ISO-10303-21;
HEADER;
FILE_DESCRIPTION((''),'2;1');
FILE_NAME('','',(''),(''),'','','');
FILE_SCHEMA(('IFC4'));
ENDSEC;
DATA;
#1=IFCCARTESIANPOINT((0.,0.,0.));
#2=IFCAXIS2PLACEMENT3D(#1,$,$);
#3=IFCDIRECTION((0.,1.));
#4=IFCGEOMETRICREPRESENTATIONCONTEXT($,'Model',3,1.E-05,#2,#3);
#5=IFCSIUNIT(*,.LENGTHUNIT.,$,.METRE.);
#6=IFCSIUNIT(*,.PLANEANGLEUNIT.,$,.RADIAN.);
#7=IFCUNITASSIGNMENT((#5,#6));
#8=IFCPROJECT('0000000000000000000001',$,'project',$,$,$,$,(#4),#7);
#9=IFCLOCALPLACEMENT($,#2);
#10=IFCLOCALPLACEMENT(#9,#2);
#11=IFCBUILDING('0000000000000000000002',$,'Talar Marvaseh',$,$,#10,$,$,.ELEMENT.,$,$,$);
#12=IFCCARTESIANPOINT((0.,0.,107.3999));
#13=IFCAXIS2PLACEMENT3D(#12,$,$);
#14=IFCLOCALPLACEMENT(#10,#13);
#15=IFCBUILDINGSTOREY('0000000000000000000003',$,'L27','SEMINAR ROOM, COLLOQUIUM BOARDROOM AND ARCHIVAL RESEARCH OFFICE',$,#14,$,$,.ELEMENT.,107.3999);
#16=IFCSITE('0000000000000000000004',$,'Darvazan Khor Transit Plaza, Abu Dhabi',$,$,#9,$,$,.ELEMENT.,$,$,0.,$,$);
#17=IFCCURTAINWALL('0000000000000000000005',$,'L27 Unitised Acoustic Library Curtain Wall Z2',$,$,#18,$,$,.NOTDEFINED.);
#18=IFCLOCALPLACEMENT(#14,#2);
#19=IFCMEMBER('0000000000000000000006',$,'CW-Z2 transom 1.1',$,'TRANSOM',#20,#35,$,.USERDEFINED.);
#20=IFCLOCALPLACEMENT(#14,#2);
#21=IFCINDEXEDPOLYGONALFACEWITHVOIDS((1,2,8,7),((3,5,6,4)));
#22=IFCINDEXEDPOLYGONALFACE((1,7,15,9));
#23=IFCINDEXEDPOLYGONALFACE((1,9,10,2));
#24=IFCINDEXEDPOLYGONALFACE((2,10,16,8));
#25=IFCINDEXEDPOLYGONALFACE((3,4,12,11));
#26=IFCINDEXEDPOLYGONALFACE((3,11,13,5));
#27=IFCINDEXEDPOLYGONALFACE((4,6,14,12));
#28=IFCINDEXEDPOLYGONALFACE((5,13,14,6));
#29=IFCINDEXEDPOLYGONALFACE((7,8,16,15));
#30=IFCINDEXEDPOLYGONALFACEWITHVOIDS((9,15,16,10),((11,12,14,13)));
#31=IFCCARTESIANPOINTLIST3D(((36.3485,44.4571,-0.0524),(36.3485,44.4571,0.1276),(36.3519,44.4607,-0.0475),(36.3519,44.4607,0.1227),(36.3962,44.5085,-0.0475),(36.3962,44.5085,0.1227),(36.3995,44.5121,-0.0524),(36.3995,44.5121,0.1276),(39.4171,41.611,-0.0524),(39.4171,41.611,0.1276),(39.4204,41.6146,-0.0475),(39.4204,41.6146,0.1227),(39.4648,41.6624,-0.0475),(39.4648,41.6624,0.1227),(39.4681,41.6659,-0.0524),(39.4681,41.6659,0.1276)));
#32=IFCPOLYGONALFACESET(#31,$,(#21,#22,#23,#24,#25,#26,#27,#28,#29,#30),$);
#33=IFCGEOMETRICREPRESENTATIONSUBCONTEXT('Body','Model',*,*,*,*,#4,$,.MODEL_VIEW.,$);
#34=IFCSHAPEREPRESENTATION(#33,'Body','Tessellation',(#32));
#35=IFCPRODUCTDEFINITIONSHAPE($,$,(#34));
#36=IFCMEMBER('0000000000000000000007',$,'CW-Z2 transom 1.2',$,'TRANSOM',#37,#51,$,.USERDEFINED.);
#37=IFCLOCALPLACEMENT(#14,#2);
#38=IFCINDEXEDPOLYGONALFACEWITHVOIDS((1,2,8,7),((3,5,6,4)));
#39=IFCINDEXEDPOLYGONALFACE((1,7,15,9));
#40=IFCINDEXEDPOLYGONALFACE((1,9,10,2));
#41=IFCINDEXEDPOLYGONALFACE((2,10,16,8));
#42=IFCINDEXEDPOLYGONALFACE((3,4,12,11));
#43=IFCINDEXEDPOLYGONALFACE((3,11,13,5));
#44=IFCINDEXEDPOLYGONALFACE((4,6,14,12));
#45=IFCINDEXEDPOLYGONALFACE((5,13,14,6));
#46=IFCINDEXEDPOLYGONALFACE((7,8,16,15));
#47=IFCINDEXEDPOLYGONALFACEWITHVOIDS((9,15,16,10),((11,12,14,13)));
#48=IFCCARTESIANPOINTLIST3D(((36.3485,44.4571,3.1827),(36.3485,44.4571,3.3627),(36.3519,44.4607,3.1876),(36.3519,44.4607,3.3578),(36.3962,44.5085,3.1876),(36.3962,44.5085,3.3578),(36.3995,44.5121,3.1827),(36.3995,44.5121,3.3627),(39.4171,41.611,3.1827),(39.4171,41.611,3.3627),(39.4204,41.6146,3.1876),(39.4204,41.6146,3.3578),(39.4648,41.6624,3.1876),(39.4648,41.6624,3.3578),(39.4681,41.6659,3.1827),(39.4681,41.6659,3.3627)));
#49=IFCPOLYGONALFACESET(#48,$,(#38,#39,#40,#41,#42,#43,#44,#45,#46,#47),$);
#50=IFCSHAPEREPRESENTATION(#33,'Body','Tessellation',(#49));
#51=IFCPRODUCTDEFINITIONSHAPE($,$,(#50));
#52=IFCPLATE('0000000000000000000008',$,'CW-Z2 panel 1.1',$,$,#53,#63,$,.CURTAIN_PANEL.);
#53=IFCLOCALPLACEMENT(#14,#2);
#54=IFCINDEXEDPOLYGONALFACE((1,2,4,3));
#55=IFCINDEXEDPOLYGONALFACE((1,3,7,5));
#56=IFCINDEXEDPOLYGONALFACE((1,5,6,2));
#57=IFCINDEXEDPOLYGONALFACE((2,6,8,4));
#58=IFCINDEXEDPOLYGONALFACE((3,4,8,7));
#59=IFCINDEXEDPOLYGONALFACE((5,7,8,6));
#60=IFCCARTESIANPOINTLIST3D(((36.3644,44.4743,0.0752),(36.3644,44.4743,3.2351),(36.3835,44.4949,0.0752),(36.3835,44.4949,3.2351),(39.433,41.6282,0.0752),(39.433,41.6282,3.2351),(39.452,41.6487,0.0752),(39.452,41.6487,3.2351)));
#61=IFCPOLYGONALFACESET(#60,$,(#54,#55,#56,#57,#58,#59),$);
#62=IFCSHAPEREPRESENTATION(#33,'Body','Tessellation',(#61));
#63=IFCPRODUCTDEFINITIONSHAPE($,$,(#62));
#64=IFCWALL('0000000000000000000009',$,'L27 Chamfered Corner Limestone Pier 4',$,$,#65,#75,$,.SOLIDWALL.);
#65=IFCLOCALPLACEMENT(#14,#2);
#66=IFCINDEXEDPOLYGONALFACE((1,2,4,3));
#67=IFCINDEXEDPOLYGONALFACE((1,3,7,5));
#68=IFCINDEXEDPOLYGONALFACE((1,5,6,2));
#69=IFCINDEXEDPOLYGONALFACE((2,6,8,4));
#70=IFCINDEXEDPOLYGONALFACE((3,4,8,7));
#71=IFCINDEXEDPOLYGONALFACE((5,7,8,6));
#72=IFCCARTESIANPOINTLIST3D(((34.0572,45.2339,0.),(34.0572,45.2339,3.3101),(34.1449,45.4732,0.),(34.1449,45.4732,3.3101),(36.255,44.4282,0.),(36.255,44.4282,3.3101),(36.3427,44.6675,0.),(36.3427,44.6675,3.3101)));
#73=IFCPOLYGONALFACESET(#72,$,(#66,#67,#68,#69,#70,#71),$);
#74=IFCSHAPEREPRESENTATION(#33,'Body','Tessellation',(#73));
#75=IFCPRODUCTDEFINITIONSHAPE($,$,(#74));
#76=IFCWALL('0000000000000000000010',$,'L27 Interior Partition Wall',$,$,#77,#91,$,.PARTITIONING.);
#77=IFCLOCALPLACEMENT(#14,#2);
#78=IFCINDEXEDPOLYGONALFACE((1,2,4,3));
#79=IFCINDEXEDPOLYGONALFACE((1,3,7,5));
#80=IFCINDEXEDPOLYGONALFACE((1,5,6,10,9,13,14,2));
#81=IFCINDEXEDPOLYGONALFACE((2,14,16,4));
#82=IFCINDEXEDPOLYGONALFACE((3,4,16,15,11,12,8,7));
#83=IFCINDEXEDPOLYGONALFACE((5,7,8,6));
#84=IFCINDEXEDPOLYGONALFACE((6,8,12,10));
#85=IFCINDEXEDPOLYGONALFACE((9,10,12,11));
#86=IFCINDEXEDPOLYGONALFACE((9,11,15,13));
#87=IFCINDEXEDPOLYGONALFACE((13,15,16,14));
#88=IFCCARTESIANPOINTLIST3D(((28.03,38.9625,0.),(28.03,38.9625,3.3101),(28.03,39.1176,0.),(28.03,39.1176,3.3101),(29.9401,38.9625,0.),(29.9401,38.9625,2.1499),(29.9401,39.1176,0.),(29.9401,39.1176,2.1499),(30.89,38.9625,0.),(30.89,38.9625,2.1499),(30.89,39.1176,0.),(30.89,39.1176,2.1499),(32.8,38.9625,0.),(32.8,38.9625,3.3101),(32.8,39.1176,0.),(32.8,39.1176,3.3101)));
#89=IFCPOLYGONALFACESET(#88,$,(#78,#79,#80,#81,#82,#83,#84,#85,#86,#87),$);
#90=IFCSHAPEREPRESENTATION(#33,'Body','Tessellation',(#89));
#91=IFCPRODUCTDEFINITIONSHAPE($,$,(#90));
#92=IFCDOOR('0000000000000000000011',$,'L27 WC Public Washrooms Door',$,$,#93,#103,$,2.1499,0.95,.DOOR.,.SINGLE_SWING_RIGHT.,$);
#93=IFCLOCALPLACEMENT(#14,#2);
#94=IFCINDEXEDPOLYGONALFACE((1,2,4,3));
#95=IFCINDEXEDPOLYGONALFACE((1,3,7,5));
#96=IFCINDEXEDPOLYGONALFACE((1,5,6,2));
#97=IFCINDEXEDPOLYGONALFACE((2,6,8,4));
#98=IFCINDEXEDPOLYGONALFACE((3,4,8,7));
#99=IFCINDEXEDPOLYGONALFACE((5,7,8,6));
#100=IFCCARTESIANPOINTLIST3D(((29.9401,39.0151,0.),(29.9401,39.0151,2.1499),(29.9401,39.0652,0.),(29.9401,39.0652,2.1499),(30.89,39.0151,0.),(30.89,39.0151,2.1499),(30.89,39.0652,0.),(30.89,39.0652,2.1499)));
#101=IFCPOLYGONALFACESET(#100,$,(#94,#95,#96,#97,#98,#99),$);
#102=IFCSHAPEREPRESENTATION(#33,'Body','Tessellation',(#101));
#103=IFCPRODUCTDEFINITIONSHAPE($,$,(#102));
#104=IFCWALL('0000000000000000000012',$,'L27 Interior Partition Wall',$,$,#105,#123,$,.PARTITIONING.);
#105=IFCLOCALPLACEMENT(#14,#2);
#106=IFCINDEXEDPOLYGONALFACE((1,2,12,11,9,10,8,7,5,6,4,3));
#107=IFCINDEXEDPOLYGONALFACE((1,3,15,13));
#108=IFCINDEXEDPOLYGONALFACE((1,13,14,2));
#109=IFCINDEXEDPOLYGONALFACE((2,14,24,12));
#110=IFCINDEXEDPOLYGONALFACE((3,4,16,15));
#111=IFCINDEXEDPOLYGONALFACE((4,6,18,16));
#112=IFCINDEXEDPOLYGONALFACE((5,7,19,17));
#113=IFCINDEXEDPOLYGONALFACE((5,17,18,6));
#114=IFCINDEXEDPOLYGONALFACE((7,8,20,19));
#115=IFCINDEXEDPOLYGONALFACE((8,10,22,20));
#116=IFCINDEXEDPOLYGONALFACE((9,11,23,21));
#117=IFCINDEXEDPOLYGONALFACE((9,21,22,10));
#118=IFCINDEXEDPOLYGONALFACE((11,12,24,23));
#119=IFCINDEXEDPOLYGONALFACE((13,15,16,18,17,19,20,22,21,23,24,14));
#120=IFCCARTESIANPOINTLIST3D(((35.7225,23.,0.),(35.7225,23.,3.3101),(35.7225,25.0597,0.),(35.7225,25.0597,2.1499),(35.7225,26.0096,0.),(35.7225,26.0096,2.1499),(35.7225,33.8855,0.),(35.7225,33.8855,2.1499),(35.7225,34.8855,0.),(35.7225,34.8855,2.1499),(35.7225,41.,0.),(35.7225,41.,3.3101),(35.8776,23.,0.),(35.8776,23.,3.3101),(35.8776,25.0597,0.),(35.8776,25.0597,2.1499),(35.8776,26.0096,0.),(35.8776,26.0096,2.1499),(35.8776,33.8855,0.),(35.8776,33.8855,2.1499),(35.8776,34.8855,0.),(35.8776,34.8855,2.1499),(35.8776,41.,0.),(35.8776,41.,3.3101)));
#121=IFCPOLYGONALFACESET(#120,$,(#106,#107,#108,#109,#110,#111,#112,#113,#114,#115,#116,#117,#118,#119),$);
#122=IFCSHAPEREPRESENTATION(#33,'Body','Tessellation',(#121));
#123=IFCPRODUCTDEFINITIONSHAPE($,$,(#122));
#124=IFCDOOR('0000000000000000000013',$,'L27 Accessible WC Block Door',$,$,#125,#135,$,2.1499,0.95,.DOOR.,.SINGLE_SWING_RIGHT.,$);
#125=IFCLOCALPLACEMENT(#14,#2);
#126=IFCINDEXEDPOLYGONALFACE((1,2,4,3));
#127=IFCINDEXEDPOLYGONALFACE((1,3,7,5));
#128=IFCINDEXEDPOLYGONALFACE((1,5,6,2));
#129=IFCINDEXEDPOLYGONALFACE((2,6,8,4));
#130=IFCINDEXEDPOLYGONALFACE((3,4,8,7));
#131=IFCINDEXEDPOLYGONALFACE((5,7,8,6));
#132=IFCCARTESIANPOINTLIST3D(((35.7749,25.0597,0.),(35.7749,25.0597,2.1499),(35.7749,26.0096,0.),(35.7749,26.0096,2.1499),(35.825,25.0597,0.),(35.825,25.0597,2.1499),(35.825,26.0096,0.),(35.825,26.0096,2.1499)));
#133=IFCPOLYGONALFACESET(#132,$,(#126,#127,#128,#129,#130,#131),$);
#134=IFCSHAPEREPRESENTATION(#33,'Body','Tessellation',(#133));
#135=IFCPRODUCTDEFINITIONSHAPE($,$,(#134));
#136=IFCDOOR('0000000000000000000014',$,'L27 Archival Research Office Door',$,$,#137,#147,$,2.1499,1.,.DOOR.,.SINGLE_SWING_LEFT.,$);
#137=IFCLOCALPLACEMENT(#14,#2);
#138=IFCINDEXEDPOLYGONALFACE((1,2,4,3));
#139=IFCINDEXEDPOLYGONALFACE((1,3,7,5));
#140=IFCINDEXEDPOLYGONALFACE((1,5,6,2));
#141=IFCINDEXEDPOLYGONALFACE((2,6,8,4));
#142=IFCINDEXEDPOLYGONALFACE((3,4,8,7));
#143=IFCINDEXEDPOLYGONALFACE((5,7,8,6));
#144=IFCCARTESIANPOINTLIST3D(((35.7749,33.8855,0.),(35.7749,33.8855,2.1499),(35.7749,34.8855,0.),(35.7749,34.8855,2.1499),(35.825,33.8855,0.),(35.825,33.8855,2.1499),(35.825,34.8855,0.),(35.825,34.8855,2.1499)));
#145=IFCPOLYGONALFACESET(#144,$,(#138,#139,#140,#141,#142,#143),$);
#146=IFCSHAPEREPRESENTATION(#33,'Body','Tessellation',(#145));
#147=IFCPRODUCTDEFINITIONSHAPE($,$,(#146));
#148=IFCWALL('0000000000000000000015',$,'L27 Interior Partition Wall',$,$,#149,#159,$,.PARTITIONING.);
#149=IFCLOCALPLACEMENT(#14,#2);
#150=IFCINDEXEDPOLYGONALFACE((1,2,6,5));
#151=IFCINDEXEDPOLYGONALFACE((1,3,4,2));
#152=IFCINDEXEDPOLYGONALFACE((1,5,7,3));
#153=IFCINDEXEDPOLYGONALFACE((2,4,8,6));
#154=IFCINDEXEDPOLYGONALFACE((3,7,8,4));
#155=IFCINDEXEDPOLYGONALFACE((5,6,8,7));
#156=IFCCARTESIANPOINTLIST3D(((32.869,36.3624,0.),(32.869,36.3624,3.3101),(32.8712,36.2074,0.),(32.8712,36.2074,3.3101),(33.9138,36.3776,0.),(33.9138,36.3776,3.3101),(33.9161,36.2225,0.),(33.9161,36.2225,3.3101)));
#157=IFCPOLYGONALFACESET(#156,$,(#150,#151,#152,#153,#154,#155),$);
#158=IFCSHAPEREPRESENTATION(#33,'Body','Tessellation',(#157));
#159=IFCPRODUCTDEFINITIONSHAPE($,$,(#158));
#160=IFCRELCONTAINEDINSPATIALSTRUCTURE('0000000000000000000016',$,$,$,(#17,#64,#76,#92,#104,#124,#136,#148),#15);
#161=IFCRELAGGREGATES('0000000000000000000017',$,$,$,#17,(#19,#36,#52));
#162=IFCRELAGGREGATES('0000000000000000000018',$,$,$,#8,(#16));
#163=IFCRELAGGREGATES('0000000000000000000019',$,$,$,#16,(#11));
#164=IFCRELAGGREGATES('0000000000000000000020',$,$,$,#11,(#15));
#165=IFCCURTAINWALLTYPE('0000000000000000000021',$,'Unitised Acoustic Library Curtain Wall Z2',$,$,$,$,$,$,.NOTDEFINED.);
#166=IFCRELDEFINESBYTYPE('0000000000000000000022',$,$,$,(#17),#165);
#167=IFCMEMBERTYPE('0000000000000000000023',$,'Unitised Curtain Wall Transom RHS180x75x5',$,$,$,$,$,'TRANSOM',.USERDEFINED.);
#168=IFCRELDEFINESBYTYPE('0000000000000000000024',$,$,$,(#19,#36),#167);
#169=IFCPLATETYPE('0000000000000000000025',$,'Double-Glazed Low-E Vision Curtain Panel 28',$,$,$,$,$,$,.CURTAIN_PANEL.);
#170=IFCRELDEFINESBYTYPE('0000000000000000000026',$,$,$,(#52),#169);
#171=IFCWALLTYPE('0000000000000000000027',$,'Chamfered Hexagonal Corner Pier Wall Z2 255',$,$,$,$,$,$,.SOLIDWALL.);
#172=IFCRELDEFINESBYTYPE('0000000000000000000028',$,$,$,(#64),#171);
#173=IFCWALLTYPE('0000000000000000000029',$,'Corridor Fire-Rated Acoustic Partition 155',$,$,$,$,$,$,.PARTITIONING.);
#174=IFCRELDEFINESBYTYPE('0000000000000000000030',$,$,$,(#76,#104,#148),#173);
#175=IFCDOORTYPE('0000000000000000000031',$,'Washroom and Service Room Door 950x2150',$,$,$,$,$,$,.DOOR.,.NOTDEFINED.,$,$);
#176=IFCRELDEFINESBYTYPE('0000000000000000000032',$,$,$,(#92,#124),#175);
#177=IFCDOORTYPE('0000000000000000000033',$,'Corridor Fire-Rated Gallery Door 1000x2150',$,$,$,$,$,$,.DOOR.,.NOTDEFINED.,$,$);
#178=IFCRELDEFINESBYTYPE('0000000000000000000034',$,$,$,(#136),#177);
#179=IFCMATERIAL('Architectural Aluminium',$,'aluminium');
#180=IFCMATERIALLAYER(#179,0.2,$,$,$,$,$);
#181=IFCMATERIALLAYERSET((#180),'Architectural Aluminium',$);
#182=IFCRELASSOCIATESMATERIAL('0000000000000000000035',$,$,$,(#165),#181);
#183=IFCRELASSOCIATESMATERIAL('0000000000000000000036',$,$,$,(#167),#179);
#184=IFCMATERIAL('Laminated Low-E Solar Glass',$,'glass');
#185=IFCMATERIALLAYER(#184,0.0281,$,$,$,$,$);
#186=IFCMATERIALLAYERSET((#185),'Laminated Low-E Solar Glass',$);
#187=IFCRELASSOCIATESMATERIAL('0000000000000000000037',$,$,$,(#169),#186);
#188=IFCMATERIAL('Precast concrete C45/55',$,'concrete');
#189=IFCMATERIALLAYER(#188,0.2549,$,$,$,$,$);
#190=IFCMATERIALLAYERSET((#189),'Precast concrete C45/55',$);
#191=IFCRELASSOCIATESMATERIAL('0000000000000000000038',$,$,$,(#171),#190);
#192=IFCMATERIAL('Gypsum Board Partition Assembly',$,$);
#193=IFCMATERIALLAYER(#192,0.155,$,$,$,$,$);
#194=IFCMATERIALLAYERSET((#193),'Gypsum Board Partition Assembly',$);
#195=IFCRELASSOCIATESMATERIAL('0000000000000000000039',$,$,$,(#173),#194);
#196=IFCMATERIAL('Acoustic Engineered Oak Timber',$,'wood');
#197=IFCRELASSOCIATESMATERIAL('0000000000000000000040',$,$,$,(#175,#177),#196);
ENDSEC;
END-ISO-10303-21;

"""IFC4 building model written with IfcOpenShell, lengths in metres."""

from ifc_helpers import new_model, si_unit, direction, frame, frame_2d, origin, origin_2d, place, context, subcontext, project, spatial, rectangle, hollow_rectangle, extrude, source, transform, mapped, material, layer, layer_set, material_profile, profile_set, type_object, type_shapes, element, fill, aggregate, save


model = new_model("IFC4")

# Units and contexts
model_context = context("Model", 3, precision=1e-05, world=origin(), true_north=direction((0.0, 1.0)))
body_context = subcontext(model_context, "Body", "Model", "MODEL_VIEW")
ifc_project = project(units=[si_unit("LENGTHUNIT", "METRE"), si_unit("PLANEANGLEUNIT", "RADIAN")], contexts=[model_context])

# Site, building, storey
site_placement = place(None, origin())
site = spatial("IfcSite", under=ifc_project, at=site_placement, Name="Darvazan Khor Transit Plaza, Abu Dhabi", CompositionType="ELEMENT", RefElevation=0.0)
building_placement = place(site_placement, origin())
building = spatial("IfcBuilding", under=site, at=building_placement, Name="Talar Marvaseh", CompositionType="ELEMENT")
storey_placement = place(building_placement, frame((0.0, 0.0, 107.3999)))
storey = spatial("IfcBuildingStorey", under=building, at=storey_placement, Name="L27", Description="SEMINAR ROOM, COLLOQUIUM BOARDROOM AND ARCHIVAL RESEARCH OFFICE", CompositionType="ELEMENT", Elevation=107.3999)

# Shared definitions
ifc_material_1 = material(Name="Architectural Aluminium", Category="aluminium")
ifc_layer_1 = layer(ifc_material_1, 0.2)
ifc_layer_set_1 = layer_set([ifc_layer_1], Name="Architectural Aluminium")
curtain_wall_type = type_object("IfcCurtainWallType", Name="Unitised Acoustic Library Curtain Wall Z2", PredefinedType="NOTDEFINED", material=ifc_layer_set_1)

# Curtain wall, members, plate
curtain_wall_1_placement = place(storey_placement, origin())
curtain_wall_1 = element("IfcCurtainWall", 1, at=curtain_wall_1_placement, inside=storey, type_object=curtain_wall_type, Name="L27 Unitised Acoustic Library Curtain Wall Z2", PredefinedType="NOTDEFINED")
ifc_material_profile_1 = material_profile(ifc_material_1, hollow_rectangle(XDim=0.075, YDim=0.1799, WallThickness=0.0049, at=origin_2d()), Name="RHS180x75x5")
ifc_profile_set_1 = profile_set([ifc_material_profile_1], Name="Architectural Aluminium")
member_type_1 = type_object("IfcMemberType", Name="Unitised Curtain Wall Transom RHS180x75x5", ElementType="TRANSOM", PredefinedType="USERDEFINED", material=ifc_profile_set_1)
shared_shape_1 = source(origin(), body_context, "Body", "SweptSolid", [
    extrude(hollow_rectangle(XDim=0.075, YDim=0.1799, WallThickness=0.0049, at=origin_2d()), origin(), (0.0, 0.0, 1.0), 4.1853),
])
type_shapes(member_type_1, [shared_shape_1])
member_1_placement = place(storey_placement, frame((36.374, 44.4846, 0.0376), z_axis=(0.733178, -0.680037, 0.0), x_axis=(0.680037, 0.733178, 0.0)))
member_1 = element("IfcMember", 2, at=member_1_placement, type_object=member_type_1, Name="CW-Z2 transom 1.1", ObjectType="TRANSOM", PredefinedType="USERDEFINED", context=body_context, shape_type="MappedRepresentation", body=[
    mapped(shared_shape_1, transform((0.0, 0.0, 0.0), x_axis=(1.0, 0.0, 0.0), y_axis=(0.0, 1.0, 0.0), z_axis=(0.0, 0.0, 1.0), scale=1.0)),
])
member_2_placement = place(storey_placement, frame((36.374, 44.4846, 3.2727), z_axis=(0.733178, -0.680037, 0.0), x_axis=(0.680037, 0.733178, 0.0)))
member_2 = element("IfcMember", 3, at=member_2_placement, type_object=member_type_1, Name="CW-Z2 transom 1.2", ObjectType="TRANSOM", PredefinedType="USERDEFINED", context=body_context, shape_type="MappedRepresentation", body=[
    mapped(shared_shape_1, transform((0.0, 0.0, 0.0), x_axis=(1.0, 0.0, 0.0), y_axis=(0.0, 1.0, 0.0), z_axis=(0.0, 0.0, 1.0), scale=1.0)),
])
ifc_material_2 = material(Name="Laminated Low-E Solar Glass", Category="glass")
ifc_layer_2 = layer(ifc_material_2, 0.0281)
ifc_layer_set_2 = layer_set([ifc_layer_2], Name="Laminated Low-E Solar Glass")
plate_type = type_object("IfcPlateType", Name="Double-Glazed Low-E Vision Curtain Panel 28", PredefinedType="CURTAIN_PANEL", material=ifc_layer_set_2)
shared_shape_2 = source(origin(), body_context, "Body", "SweptSolid", [
    extrude(rectangle(XDim=4.1853, YDim=0.0281, at=origin_2d()), origin(), (0.0, 0.0, 1.0), 3.1599),
])
type_shapes(plate_type, [shared_shape_2])
plate_placement = place(storey_placement, frame((37.9082, 43.0615, 0.0752), z_axis=(0.0, 0.0, 1.0), x_axis=(0.733184, -0.68003, 0.0)))
plate = element("IfcPlate", 4, at=plate_placement, type_object=plate_type, Name="CW-Z2 panel 1.1", PredefinedType="CURTAIN_PANEL", context=body_context, shape_type="MappedRepresentation", body=[
    mapped(shared_shape_2, transform((0.0, 0.0, 0.0), x_axis=(1.0, 0.0, 0.0), y_axis=(0.0, 1.0, 0.0), z_axis=(0.0, 0.0, 1.0), scale=1.0)),
])
aggregate(curtain_wall_1, [member_1, member_2, plate])

# Wall
ifc_material_3 = material(Name="Precast concrete C45/55", Category="concrete")
ifc_layer_3 = layer(ifc_material_3, 0.2549)
ifc_layer_set_3 = layer_set([ifc_layer_3], Name="Precast concrete C45/55")
wall_type_1 = type_object("IfcWallType", Name="Chamfered Hexagonal Corner Pier Wall Z2 255", PredefinedType="SOLIDWALL", material=ifc_layer_set_3)
wall_1_placement = place(storey_placement, frame((34.1011, 45.3535, 0.0), z_axis=(0.0, 0.0, 1.0), x_axis=(0.938901, -0.344187, 0.0)))
element("IfcWall", 5, at=wall_1_placement, inside=storey, type_object=wall_type_1, Name="L27 Chamfered Corner Limestone Pier 4", PredefinedType="SOLIDWALL", context=body_context, shape_type="SweptSolid", body=[
    extrude(rectangle(XDim=2.3408, YDim=0.2549, at=frame_2d((1.1704, 0.0))), origin(), (0.0, 0.0, 1.0), 3.3101),
])

# Wall, opening, door
ifc_material_4 = material(Name="Gypsum Board Partition Assembly")
ifc_layer_4 = layer(ifc_material_4, 0.155)
ifc_layer_set_4 = layer_set([ifc_layer_4], Name="Gypsum Board Partition Assembly")
wall_type_2 = type_object("IfcWallType", Name="Corridor Fire-Rated Acoustic Partition 155", PredefinedType="PARTITIONING", material=ifc_layer_set_4)
wall_2_placement = place(storey_placement, frame((32.8, 39.04, 0.0), z_axis=(0.0, 0.0, 1.0), x_axis=(-1.0, 0.0, 0.0)))
wall_2 = element("IfcWall", 6, at=wall_2_placement, inside=storey, type_object=wall_type_2, Name="L27 Interior Partition Wall", PredefinedType="PARTITIONING", context=body_context, shape_type="SweptSolid", body=[
    extrude(rectangle(XDim=4.77, YDim=0.155, at=frame_2d((2.385, 0.0))), origin(), (0.0, 0.0, 1.0), 3.3101),
])
opening_1_placement = place(wall_2_placement, frame((1.9099, 0.0, 0.0)))
opening_1 = element("IfcOpeningElement", 7, at=opening_1_placement, cuts=wall_2, PredefinedType="OPENING", context=body_context, shape_type="SweptSolid", body=[
    extrude(rectangle(XDim=0.95, YDim=2.1499, at=frame_2d((0.4751, 1.075))), frame((0.0, 0.0874, 0.0), z_axis=(0.0, -1.0, 0.0), x_axis=(1.0, 0.0, 0.0)), (0.0, 0.0, 1.0), 0.175),
])
ifc_material_5 = material(Name="Acoustic Engineered Oak Timber", Category="wood")
door_type_1 = type_object("IfcDoorType", Name="Washroom and Service Room Door 950x2150", OperationType="NOTDEFINED", PredefinedType="DOOR", material=ifc_material_5)
shared_shape_3 = source(origin(), body_context, "Body", "SweptSolid", [
    extrude(rectangle(XDim=0.95, YDim=2.1499, at=frame_2d((0.4751, 1.075))), frame((0.0, 0.0249, 0.0), z_axis=(0.0, -1.0, 0.0), x_axis=(1.0, 0.0, 0.0)), (0.0, 0.0, 1.0), 0.05),
])
type_shapes(door_type_1, [shared_shape_3])
door_1_placement = place(opening_1_placement, origin())
door_1 = element("IfcDoor", 8, at=door_1_placement, inside=storey, type_object=door_type_1, Name="L27 WC Public Washrooms Door", OperationType="SINGLE_SWING_RIGHT", OverallHeight=2.1499, OverallWidth=0.95, PredefinedType="DOOR", context=body_context, shape_type="MappedRepresentation", body=[
    mapped(shared_shape_3, transform((0.0, 0.0, 0.0), x_axis=(1.0, 0.0, 0.0), y_axis=(0.0, 1.0, 0.0), z_axis=(0.0, 0.0, 1.0), scale=1.0)),
])
fill(opening_1, door_1)

# Wall, openings, doors
wall_3_placement = place(storey_placement, frame((35.8, 41.0, 0.0), z_axis=(0.0, 0.0, 1.0), x_axis=(0.0, -1.0, 0.0)))
wall_3 = element("IfcWall", 9, at=wall_3_placement, inside=storey, type_object=wall_type_2, Name="L27 Interior Partition Wall", PredefinedType="PARTITIONING", context=body_context, shape_type="SweptSolid", body=[
    extrude(rectangle(XDim=18.0, YDim=0.155, at=frame_2d((9.0, 0.0))), origin(), (0.0, 0.0, 1.0), 3.3101),
])
opening_2_placement = place(wall_3_placement, frame((14.9902, 0.0, 0.0)))
opening_2 = element("IfcOpeningElement", 10, at=opening_2_placement, cuts=wall_3, PredefinedType="OPENING", context=body_context, shape_type="SweptSolid", body=[
    extrude(rectangle(XDim=0.95, YDim=2.1499, at=frame_2d((0.4751, 1.075))), frame((0.0, 0.0874, 0.0), z_axis=(0.0, -1.0, 0.0), x_axis=(1.0, 0.0, 0.0)), (0.0, 0.0, 1.0), 0.175),
])
opening_3_placement = place(wall_3_placement, frame((6.1145, 0.0, 0.0)))
opening_3 = element("IfcOpeningElement", 11, at=opening_3_placement, cuts=wall_3, PredefinedType="OPENING", context=body_context, shape_type="SweptSolid", body=[
    extrude(rectangle(XDim=1.0, YDim=2.1499, at=frame_2d((0.5, 1.075))), frame((0.0, 0.0874, 0.0), z_axis=(0.0, -1.0, 0.0), x_axis=(1.0, 0.0, 0.0)), (0.0, 0.0, 1.0), 0.175),
])
door_2_placement = place(opening_2_placement, origin())
door_2 = element("IfcDoor", 12, at=door_2_placement, inside=storey, type_object=door_type_1, Name="L27 Accessible WC Block Door", OperationType="SINGLE_SWING_RIGHT", OverallHeight=2.1499, OverallWidth=0.95, PredefinedType="DOOR", context=body_context, shape_type="MappedRepresentation", body=[
    mapped(shared_shape_3, transform((0.0, 0.0, 0.0), x_axis=(1.0, 0.0, 0.0), y_axis=(0.0, 1.0, 0.0), z_axis=(0.0, 0.0, 1.0), scale=1.0)),
])
fill(opening_2, door_2)
door_type_2 = type_object("IfcDoorType", Name="Corridor Fire-Rated Gallery Door 1000x2150", OperationType="NOTDEFINED", PredefinedType="DOOR", material=ifc_material_5)
shared_shape_4 = source(origin(), body_context, "Body", "SweptSolid", [
    extrude(rectangle(XDim=1.0, YDim=2.1499, at=frame_2d((0.5, 1.075))), frame((0.0, 0.0249, 0.0), z_axis=(0.0, -1.0, 0.0), x_axis=(1.0, 0.0, 0.0)), (0.0, 0.0, 1.0), 0.05),
])
type_shapes(door_type_2, [shared_shape_4])
door_3_placement = place(opening_3_placement, origin())
door_3 = element("IfcDoor", 13, at=door_3_placement, inside=storey, type_object=door_type_2, Name="L27 Archival Research Office Door", OperationType="SINGLE_SWING_LEFT", OverallHeight=2.1499, OverallWidth=1.0, PredefinedType="DOOR", context=body_context, shape_type="MappedRepresentation", body=[
    mapped(shared_shape_4, transform((0.0, 0.0, 0.0), x_axis=(1.0, 0.0, 0.0), y_axis=(0.0, 1.0, 0.0), z_axis=(0.0, 0.0, 1.0), scale=1.0)),
])
fill(opening_3, door_3)

# Wall
wall_4_placement = place(storey_placement, frame((32.8701, 36.2849, 0.0), z_axis=(0.0, 0.0, 1.0), x_axis=(0.999895, 0.014484, 0.0)))
element("IfcWall", 14, at=wall_4_placement, inside=storey, type_object=wall_type_2, Name="L27 Interior Partition Wall", PredefinedType="PARTITIONING", context=body_context, shape_type="SweptSolid", body=[
    extrude(rectangle(XDim=1.0449, YDim=0.155, at=frame_2d((0.5225, 0.0))), origin(), (0.0, 0.0, 1.0), 3.3101),
])

save(model, "model.ifc")
